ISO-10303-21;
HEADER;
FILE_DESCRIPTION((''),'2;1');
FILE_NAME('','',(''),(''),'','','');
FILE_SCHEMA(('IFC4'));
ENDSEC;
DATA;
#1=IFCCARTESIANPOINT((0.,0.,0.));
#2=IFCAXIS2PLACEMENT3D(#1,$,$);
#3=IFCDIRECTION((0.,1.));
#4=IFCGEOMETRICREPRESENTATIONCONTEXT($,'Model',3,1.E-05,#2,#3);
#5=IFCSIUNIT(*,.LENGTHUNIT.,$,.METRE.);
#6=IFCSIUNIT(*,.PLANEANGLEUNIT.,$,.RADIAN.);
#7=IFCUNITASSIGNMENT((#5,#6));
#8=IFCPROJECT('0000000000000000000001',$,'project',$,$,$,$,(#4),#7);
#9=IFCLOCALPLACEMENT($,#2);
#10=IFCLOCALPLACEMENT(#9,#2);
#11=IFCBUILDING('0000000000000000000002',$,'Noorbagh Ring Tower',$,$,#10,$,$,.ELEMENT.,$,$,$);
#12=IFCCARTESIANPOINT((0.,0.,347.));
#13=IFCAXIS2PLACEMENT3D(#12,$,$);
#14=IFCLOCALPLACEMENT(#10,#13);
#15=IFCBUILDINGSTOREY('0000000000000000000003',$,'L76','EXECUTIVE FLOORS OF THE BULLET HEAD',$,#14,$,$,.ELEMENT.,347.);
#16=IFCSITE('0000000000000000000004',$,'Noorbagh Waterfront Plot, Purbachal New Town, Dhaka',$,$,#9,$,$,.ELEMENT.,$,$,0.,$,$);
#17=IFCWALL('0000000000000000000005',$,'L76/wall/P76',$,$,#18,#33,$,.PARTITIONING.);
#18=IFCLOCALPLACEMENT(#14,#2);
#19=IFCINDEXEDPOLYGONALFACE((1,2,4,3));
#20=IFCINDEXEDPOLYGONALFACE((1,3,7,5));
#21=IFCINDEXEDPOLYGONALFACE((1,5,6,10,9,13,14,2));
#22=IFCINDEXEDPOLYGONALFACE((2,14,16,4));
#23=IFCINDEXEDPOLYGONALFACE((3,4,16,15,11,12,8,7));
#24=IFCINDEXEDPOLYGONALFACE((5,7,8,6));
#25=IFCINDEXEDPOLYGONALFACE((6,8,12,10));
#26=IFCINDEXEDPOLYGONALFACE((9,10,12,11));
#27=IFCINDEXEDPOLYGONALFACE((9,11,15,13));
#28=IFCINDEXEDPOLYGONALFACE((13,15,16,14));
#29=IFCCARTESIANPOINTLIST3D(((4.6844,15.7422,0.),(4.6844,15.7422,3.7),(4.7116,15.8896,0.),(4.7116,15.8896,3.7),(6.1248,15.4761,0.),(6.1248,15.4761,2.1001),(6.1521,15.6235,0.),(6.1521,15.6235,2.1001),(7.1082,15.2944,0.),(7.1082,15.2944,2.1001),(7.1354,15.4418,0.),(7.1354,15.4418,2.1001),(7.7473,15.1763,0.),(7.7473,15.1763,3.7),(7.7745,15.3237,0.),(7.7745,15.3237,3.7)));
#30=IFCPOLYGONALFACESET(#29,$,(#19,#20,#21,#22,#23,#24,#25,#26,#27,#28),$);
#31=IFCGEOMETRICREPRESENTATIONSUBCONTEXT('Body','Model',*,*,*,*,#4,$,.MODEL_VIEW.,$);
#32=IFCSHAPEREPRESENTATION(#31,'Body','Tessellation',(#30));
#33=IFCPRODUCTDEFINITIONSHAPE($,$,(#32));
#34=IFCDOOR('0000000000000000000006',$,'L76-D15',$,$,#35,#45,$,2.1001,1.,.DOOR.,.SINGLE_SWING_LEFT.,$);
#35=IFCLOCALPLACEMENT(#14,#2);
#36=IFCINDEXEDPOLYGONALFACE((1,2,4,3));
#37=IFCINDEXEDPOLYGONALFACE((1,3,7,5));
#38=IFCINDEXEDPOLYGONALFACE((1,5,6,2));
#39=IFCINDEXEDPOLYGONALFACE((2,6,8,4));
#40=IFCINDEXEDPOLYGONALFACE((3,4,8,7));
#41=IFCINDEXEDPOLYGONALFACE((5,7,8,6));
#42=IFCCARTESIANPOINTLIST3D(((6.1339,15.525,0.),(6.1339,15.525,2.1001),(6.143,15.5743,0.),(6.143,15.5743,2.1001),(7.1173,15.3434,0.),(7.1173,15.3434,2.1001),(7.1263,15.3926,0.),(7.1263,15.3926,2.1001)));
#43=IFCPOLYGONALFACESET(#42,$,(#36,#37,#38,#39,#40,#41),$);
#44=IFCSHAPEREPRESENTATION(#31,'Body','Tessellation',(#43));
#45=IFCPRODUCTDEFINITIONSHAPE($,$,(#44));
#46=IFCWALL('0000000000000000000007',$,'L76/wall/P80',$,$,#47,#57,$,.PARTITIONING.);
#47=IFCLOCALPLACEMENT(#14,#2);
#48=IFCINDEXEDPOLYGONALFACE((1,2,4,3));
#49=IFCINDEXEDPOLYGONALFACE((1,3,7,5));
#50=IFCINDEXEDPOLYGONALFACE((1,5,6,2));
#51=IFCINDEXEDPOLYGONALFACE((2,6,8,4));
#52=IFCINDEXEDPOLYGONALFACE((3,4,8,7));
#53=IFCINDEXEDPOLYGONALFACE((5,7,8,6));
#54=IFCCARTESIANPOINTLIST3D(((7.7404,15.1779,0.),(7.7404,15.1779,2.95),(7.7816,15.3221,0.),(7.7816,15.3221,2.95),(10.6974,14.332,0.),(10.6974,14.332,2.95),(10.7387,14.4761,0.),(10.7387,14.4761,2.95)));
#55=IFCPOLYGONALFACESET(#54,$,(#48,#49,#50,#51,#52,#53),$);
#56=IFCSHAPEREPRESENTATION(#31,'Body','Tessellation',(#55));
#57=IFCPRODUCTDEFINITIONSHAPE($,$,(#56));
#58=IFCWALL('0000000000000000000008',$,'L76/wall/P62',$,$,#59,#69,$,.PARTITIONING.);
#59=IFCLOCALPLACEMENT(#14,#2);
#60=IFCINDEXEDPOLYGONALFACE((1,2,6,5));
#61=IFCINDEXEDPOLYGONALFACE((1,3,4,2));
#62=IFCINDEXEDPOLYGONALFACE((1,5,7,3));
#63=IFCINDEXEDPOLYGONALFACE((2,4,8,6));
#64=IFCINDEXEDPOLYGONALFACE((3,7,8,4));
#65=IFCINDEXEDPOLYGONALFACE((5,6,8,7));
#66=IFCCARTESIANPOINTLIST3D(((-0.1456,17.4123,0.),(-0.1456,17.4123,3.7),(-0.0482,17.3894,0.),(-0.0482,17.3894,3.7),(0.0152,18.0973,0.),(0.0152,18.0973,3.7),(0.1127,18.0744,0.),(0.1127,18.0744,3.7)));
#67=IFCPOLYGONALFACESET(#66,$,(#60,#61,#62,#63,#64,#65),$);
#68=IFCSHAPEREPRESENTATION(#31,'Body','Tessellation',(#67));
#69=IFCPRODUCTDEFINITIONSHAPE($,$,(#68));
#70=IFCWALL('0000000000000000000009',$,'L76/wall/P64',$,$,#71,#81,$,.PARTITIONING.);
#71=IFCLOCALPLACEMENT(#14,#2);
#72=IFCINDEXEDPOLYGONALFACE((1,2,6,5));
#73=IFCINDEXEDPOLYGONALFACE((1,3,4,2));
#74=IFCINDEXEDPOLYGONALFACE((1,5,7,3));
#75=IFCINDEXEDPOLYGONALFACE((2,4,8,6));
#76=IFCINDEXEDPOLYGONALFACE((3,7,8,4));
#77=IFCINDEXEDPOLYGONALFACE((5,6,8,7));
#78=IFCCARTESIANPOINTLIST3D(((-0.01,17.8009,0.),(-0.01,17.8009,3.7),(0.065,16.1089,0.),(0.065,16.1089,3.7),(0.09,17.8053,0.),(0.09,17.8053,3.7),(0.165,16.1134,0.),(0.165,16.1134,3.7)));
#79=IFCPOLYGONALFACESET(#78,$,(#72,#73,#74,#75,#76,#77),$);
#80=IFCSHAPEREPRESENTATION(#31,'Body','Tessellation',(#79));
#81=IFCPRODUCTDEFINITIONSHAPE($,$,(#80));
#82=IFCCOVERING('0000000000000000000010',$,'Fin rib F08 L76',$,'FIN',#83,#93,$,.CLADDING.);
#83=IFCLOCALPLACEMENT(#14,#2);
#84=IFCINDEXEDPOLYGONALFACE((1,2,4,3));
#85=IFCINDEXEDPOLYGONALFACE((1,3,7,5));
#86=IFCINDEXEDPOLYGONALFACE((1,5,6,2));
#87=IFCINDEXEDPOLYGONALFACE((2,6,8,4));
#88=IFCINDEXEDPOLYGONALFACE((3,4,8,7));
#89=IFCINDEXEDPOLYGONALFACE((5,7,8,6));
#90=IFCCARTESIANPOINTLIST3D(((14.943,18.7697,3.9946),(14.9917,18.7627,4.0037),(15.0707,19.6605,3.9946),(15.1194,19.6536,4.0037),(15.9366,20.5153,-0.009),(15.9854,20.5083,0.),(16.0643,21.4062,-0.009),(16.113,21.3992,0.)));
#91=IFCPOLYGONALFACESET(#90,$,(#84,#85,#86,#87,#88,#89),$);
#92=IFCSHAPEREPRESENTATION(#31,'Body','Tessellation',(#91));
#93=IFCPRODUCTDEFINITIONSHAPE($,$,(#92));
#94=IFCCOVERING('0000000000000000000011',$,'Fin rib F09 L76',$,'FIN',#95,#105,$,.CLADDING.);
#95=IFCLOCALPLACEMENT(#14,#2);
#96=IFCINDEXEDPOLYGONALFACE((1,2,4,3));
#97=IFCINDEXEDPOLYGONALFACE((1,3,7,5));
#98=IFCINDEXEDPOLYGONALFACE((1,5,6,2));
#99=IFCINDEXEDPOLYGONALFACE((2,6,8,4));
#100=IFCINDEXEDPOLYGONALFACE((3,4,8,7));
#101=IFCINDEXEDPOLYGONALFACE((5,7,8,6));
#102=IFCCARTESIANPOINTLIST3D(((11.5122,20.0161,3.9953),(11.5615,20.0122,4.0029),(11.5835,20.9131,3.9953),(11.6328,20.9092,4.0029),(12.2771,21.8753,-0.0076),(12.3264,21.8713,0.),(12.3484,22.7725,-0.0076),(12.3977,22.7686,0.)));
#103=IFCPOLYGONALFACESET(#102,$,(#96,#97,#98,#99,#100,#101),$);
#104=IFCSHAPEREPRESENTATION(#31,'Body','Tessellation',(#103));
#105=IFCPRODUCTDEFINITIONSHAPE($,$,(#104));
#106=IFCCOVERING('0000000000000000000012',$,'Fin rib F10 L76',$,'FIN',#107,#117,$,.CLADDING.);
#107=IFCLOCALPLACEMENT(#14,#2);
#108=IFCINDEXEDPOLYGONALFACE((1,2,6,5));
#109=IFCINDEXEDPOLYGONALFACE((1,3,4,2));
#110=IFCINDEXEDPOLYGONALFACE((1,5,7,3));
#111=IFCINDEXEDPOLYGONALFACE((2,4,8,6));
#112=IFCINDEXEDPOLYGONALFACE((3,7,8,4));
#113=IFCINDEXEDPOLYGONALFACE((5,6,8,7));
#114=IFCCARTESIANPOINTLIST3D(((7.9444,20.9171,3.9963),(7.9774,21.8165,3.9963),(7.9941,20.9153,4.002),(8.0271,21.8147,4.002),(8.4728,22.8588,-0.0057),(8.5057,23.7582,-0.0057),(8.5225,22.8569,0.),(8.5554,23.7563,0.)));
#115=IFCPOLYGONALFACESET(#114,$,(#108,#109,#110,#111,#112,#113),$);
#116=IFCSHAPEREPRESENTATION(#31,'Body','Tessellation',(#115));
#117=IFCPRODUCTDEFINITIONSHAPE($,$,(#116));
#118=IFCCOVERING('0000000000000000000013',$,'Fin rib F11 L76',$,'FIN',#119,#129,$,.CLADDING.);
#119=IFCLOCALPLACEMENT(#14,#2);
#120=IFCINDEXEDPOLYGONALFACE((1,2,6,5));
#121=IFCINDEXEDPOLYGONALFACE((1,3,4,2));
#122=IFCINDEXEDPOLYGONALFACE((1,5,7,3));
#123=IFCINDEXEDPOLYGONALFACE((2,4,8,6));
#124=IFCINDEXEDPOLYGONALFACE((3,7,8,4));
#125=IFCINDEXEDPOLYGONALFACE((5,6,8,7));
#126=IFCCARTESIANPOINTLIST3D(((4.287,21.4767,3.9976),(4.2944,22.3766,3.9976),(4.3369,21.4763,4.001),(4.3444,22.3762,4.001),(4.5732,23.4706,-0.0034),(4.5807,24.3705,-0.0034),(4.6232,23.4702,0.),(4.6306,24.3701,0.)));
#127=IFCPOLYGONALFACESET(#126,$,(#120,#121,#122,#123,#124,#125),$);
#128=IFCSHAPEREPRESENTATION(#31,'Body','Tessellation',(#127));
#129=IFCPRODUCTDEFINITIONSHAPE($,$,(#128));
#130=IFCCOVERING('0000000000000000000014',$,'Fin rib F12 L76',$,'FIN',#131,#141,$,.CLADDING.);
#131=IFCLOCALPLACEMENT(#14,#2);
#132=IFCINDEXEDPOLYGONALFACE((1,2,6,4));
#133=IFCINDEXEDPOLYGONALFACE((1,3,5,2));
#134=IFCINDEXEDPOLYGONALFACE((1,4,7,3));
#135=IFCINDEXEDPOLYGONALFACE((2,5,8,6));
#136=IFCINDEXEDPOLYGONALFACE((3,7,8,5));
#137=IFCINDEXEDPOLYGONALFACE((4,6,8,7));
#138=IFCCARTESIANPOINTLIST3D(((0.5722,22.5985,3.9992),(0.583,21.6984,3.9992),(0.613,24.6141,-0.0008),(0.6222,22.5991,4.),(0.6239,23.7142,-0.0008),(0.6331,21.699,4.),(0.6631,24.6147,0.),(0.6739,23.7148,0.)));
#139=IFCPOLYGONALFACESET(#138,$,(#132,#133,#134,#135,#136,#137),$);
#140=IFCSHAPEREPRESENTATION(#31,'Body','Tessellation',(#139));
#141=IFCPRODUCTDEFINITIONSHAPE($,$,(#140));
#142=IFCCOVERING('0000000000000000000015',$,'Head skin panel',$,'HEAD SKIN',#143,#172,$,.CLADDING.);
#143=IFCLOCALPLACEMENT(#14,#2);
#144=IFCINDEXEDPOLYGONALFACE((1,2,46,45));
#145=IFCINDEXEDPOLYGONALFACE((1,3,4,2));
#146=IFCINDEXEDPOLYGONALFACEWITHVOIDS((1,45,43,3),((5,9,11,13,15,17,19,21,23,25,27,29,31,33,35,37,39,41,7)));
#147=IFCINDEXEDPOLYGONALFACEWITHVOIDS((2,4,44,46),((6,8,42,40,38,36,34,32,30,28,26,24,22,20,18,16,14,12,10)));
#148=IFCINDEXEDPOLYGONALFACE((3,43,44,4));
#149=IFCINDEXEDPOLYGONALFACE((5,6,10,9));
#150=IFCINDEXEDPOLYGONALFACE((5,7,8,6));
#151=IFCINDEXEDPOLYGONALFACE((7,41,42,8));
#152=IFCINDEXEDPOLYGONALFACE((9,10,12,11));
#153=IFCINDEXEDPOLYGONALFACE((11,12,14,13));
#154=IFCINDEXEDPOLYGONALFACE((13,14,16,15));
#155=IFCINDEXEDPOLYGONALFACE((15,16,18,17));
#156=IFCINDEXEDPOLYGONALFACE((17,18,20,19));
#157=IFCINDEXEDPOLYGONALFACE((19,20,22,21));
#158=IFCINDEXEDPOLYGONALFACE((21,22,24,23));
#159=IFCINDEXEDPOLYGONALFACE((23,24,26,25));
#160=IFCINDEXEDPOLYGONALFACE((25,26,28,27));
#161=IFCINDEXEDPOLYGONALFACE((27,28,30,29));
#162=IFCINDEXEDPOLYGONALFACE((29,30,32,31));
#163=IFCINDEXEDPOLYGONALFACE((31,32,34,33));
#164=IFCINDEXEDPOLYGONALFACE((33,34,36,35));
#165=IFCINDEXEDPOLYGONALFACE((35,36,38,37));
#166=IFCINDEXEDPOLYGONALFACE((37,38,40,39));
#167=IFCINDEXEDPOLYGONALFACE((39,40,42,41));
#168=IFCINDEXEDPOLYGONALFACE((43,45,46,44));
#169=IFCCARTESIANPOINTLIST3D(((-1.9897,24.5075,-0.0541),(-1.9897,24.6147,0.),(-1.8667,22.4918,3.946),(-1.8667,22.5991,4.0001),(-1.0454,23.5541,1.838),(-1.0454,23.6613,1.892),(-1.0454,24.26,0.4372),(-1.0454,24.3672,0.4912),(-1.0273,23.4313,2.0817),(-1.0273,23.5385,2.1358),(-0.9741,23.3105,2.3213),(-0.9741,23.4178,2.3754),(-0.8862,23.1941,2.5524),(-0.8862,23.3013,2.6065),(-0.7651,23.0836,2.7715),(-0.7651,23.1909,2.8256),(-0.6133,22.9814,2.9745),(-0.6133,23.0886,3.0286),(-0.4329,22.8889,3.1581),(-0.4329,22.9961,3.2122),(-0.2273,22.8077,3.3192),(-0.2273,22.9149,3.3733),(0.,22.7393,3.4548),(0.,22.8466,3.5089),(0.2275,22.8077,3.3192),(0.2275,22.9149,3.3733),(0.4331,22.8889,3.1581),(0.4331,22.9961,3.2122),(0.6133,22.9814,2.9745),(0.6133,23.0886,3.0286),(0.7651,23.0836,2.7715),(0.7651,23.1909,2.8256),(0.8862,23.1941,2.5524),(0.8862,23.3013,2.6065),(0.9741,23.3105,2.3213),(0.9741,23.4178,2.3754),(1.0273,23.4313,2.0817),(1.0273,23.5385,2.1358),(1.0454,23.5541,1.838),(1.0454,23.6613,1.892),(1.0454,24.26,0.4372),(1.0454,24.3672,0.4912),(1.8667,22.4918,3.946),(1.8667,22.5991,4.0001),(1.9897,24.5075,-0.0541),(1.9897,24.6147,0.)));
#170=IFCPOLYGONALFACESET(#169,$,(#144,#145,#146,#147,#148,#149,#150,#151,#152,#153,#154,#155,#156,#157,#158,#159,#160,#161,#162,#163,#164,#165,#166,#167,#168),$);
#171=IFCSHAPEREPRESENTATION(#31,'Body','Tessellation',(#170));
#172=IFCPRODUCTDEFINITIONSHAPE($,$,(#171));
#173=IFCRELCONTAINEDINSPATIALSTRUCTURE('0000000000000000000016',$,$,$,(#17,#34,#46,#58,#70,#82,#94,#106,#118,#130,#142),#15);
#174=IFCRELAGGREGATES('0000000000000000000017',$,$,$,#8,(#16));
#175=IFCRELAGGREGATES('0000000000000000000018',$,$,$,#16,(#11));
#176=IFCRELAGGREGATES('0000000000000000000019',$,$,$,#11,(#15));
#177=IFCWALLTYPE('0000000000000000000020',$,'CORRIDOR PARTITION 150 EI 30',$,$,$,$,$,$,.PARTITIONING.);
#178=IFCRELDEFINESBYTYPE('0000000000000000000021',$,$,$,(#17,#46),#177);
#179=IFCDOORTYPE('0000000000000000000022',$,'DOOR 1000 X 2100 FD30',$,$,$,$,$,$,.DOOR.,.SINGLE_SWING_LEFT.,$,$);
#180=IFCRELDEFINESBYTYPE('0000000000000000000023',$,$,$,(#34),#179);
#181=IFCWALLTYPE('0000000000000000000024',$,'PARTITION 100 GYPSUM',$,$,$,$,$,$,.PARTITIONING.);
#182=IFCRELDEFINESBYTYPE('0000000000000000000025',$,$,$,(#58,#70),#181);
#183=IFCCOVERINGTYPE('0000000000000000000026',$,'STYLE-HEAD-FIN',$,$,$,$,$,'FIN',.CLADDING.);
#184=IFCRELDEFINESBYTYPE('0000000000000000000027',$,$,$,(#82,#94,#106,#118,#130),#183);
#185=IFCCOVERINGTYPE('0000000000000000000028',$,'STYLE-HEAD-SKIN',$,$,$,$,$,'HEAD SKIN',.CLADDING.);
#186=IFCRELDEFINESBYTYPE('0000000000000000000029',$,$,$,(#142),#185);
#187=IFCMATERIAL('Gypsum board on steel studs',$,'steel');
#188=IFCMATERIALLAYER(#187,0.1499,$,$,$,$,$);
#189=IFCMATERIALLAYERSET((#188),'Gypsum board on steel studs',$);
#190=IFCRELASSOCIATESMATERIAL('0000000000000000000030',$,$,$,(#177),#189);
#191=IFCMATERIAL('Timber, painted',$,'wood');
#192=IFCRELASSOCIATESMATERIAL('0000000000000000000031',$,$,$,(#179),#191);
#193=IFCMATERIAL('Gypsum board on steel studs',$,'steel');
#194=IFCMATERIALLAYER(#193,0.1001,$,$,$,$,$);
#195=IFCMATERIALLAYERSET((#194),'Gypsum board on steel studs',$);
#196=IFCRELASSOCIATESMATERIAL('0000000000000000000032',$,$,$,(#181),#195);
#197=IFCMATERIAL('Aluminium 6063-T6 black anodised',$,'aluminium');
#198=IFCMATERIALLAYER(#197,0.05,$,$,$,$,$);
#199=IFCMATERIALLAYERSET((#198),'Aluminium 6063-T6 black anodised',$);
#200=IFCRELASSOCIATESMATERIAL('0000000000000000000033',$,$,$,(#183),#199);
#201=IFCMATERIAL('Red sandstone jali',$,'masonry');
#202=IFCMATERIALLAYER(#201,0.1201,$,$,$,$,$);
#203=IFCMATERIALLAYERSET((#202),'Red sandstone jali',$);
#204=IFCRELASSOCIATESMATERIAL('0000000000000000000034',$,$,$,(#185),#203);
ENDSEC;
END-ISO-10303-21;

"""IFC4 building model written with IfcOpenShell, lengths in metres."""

from ifc_helpers import new_model, si_unit, direction, frame, frame_2d, origin, place, context, subcontext, project, spatial, polyline, rectangle, outline, extrude, material, layer, layer_set, type_object, element, fill, save


model = new_model("IFC4")

# Units and contexts
model_context = context("Model", 3, precision=1e-05, world=origin(), true_north=direction((0.0, 1.0)))
body_context = subcontext(model_context, "Body", "Model", "MODEL_VIEW")
ifc_project = project(units=[si_unit("LENGTHUNIT", "METRE"), si_unit("PLANEANGLEUNIT", "RADIAN")], contexts=[model_context])

# Site, building, storey
site_placement = place(None, origin())
site = spatial("IfcSite", under=ifc_project, at=site_placement, Name="Noorbagh Waterfront Plot, Purbachal New Town, Dhaka", CompositionType="ELEMENT", RefElevation=0.0)
building_placement = place(site_placement, origin())
building = spatial("IfcBuilding", under=site, at=building_placement, Name="Noorbagh Ring Tower", CompositionType="ELEMENT")
storey_placement = place(building_placement, frame((0.0, 0.0, 347.0)))
storey = spatial("IfcBuildingStorey", under=building, at=storey_placement, Name="L76", Description="EXECUTIVE FLOORS OF THE BULLET HEAD", CompositionType="ELEMENT", Elevation=347.0)

# Shared definitions
ifc_material_1 = material(Name="Gypsum board on steel studs", Category="steel")
ifc_layer_1 = layer(ifc_material_1, 0.1499)
ifc_layer_set_1 = layer_set([ifc_layer_1], Name="Gypsum board on steel studs")
wall_type_1 = type_object("IfcWallType", Name="CORRIDOR PARTITION 150 EI 30", PredefinedType="PARTITIONING", material=ifc_layer_set_1)

# Wall, opening, door
wall_1_placement = place(storey_placement, frame((4.698, 15.8159, 0.0), z_axis=(0.0, 0.0, 1.0), x_axis=(0.983357, -0.181685, 0.0)))
wall_1 = element("IfcWall", 1, at=wall_1_placement, inside=storey, type_object=wall_type_1, Name="L76/wall/P76", PredefinedType="PARTITIONING", context=body_context, shape_type="SweptSolid", body=[
    extrude(rectangle(XDim=3.1147, YDim=0.1499, at=frame_2d((1.5574, 0.0))), origin(), (0.0, 0.0, 1.0), 3.7),
])
opening_placement = place(wall_1_placement, frame((1.4648, 0.0, 0.0)))
opening = element("IfcOpeningElement", 2, at=opening_placement, cuts=wall_1, PredefinedType="OPENING", context=body_context, shape_type="SweptSolid", body=[
    extrude(rectangle(XDim=1.0, YDim=2.1001, at=frame_2d((0.5, 1.05))), frame((0.0, 0.085, 0.0), z_axis=(0.0, -1.0, 0.0), x_axis=(1.0, 0.0, 0.0)), (0.0, 0.0, 1.0), 0.1699),
])
ifc_material_2 = material(Name="Timber, painted", Category="wood")
door_type = type_object("IfcDoorType", Name="DOOR 1000 X 2100 FD30", OperationType="SINGLE_SWING_LEFT", PredefinedType="DOOR", material=ifc_material_2)
door_placement = place(opening_placement, origin())
door = element("IfcDoor", 3, at=door_placement, inside=storey, type_object=door_type, Name="L76-D15", OperationType="SINGLE_SWING_LEFT", OverallHeight=2.1001, OverallWidth=1.0, PredefinedType="DOOR", context=body_context, shape_type="SweptSolid", body=[
    extrude(rectangle(XDim=1.0, YDim=2.1001, at=frame_2d((0.5, 1.05))), frame((0.0, 0.0249, 0.0), z_axis=(0.0, -1.0, 0.0), x_axis=(1.0, 0.0, 0.0)), (0.0, 0.0, 1.0), 0.05),
])
fill(opening, door)

# Walls
wall_2_placement = place(storey_placement, frame((7.761, 15.25, 0.0), z_axis=(0.0, 0.0, 1.0), x_axis=(0.961431, -0.275046, 0.0)))
element("IfcWall", 4, at=wall_2_placement, inside=storey, type_object=wall_type_1, Name="L76/wall/P80", PredefinedType="PARTITIONING", context=body_context, shape_type="SweptSolid", body=[
    extrude(rectangle(XDim=3.0757, YDim=0.1499, at=frame_2d((1.5378, 0.0))), origin(), (0.0, 0.0, 1.0), 2.95),
])
ifc_material_3 = material(Name="Gypsum board on steel studs", Category="steel")
ifc_layer_2 = layer(ifc_material_3, 0.1001)
ifc_layer_set_2 = layer_set([ifc_layer_2], Name="Gypsum board on steel studs")
wall_type_2 = type_object("IfcWallType", Name="PARTITION 100 GYPSUM", PredefinedType="PARTITIONING", material=ifc_layer_set_2)
wall_3_placement = place(storey_placement, frame((-0.0969, 17.4009, 0.0), z_axis=(0.0, 0.0, 1.0), x_axis=(0.228633, 0.973513, 0.0)))
element("IfcWall", 5, at=wall_3_placement, inside=storey, type_object=wall_type_2, Name="L76/wall/P62", PredefinedType="PARTITIONING", context=body_context, shape_type="SweptSolid", body=[
    extrude(rectangle(XDim=0.7036, YDim=0.1001, at=frame_2d((0.3518, 0.0))), origin(), (0.0, 0.0, 1.0), 3.7),
])
wall_4_placement = place(storey_placement, frame((0.04, 17.803, 0.0), z_axis=(0.0, 0.0, 1.0), x_axis=(0.044257, -0.99902, 0.0)))
element("IfcWall", 6, at=wall_4_placement, inside=storey, type_object=wall_type_2, Name="L76/wall/P64", PredefinedType="PARTITIONING", context=body_context, shape_type="SweptSolid", body=[
    extrude(rectangle(XDim=1.6936, YDim=0.1001, at=frame_2d((0.8467, 0.0))), origin(), (0.0, 0.0, 1.0), 3.7),
])

# Coverings
ifc_material_4 = material(Name="Aluminium 6063-T6 black anodised", Category="aluminium")
ifc_layer_3 = layer(ifc_material_4, 0.05)
ifc_layer_set_3 = layer_set([ifc_layer_3], Name="Aluminium 6063-T6 black anodised")
covering_type_1 = type_object("IfcCoveringType", Name="STYLE-HEAD-FIN", ElementType="FIN", PredefinedType="CLADDING", material=ifc_layer_set_3)
covering_1_placement = place(storey_placement, frame((16.113, 21.3992, 0.0), z_axis=(0.973573, -0.139539, 0.180788), x_axis=(-0.221834, -0.389708, 0.893822)))
element("IfcCovering", 7, at=covering_1_placement, inside=storey, type_object=covering_type_1, Name="Fin rib F08 L76", ObjectType="FIN", PredefinedType="CLADDING", context=body_context, shape_type="SweptSolid", body=[
    extrude(outline(polyline([(0.0, 0.0), (4.4793, 0.0), (4.8548, 0.8179), (0.3755, 0.8179), (0.0, 0.0)])), origin(), (0.0, 0.0, -1.0), 0.05),
])
covering_2_placement = place(storey_placement, frame((12.3977, 22.7686, 0.0), z_axis=(0.985289, -0.078298, 0.151905), x_axis=(-0.170757, -0.415087, 0.893614)))
element("IfcCovering", 8, at=covering_2_placement, inside=storey, type_object=covering_type_1, Name="Fin rib F09 L76", ObjectType="FIN", PredefinedType="CLADDING", context=body_context, shape_type="SweptSolid", body=[
    extrude(outline(polyline([(0.0, 0.0), (4.4795, 0.0), (4.864, 0.8135), (0.3846, 0.8137), (0.0, 0.0)])), origin(), (0.0, 0.0, -1.0), 0.05),
])
covering_3_placement = place(storey_placement, frame((8.5554, 23.7563, 0.0), z_axis=(0.99288, -0.036384, 0.113423), x_axis=(-0.117945, -0.433465, 0.893419)))
element("IfcCovering", 9, at=covering_3_placement, inside=storey, type_object=covering_type_1, Name="Fin rib F10 L76", ObjectType="FIN", PredefinedType="CLADDING", context=body_context, shape_type="SweptSolid", body=[
    extrude(outline(polyline([(0.0, 0.0), (4.4794, 0.0), (4.8731, 0.8093), (0.3938, 0.8093), (0.0, 0.0)])), origin(), (0.0, 0.0, -1.0), 0.05),
])
covering_4_placement = place(storey_placement, frame((4.6306, 24.3701, 0.0), z_axis=(0.997701, -0.008256, 0.067268), x_axis=(-0.063904, -0.445122, 0.893187)))
element("IfcCovering", 10, at=covering_4_placement, inside=storey, type_object=covering_type_1, Name="Fin rib F11 L76", ObjectType="FIN", PredefinedType="CLADDING", context=body_context, shape_type="SweptSolid", body=[
    extrude(outline(polyline([(0.0, 0.0), (4.4794, 0.0), (4.8805, 0.8056), (0.401, 0.8056), (0.0, 0.0)])), origin(), (0.0, 0.0, -1.0), 0.05),
])
covering_5_placement = place(storey_placement, frame((0.6631, 24.6147, 0.0), z_axis=(0.999794, 0.012069, 0.016303), x_axis=(-0.00913, -0.449984, 0.89299)))
element("IfcCovering", 11, at=covering_5_placement, inside=storey, type_object=covering_type_1, Name="Fin rib F12 L76", ObjectType="FIN", PredefinedType="CLADDING", context=body_context, shape_type="SweptSolid", body=[
    extrude(outline(polyline([(0.0, 0.0), (4.4793, 0.0), (4.8843, 0.804), (0.4048, 0.8038), (0.0, 0.0)])), origin(), (0.0, 0.0, -1.0), 0.05),
])
ifc_material_5 = material(Name="Red sandstone jali", Category="masonry")
ifc_layer_4 = layer(ifc_material_5, 0.1201)
ifc_layer_set_4 = layer_set([ifc_layer_4], Name="Red sandstone jali")
covering_type_2 = type_object("IfcCoveringType", Name="STYLE-HEAD-SKIN", ElementType="HEAD SKIN", PredefinedType="CLADDING", material=ifc_layer_set_4)
covering_6_placement = place(storey_placement, frame((1.9897, 24.6147, 0.0), z_axis=(0.0, 0.893027, 0.450002), x_axis=(-1.0, 0.0, 0.0)))
element("IfcCovering", 12, at=covering_6_placement, inside=storey, type_object=covering_type_2, Name="Head skin panel", ObjectType="HEAD SKIN", PredefinedType="CLADDING", context=body_context, shape_type="SweptSolid", body=[
    extrude(outline(polyline([(0.0, 0.0), (3.9795, 0.0), (3.8564, 4.4792), (0.123, 4.4792), (0.0, 0.0)]), holes=[polyline([(0.9443, 0.55), (0.9443, 2.1187), (0.9624, 2.3916), (1.0156, 2.6599), (1.1035, 2.9187), (1.2246, 3.1641), (1.3765, 3.3914), (1.5566, 3.5969), (1.7622, 3.7773), (1.9897, 3.9292), (2.217, 3.7773), (2.4226, 3.5969), (2.603, 3.3914), (2.7549, 3.1641), (2.876, 2.9187), (2.9639, 2.6599), (3.0171, 2.3916), (3.0352, 2.1187), (3.0352, 0.55), (0.9443, 0.55)])]), origin(), (0.0, 0.0, -1.0), 0.1201),
])

save(model, "model.ifc")
